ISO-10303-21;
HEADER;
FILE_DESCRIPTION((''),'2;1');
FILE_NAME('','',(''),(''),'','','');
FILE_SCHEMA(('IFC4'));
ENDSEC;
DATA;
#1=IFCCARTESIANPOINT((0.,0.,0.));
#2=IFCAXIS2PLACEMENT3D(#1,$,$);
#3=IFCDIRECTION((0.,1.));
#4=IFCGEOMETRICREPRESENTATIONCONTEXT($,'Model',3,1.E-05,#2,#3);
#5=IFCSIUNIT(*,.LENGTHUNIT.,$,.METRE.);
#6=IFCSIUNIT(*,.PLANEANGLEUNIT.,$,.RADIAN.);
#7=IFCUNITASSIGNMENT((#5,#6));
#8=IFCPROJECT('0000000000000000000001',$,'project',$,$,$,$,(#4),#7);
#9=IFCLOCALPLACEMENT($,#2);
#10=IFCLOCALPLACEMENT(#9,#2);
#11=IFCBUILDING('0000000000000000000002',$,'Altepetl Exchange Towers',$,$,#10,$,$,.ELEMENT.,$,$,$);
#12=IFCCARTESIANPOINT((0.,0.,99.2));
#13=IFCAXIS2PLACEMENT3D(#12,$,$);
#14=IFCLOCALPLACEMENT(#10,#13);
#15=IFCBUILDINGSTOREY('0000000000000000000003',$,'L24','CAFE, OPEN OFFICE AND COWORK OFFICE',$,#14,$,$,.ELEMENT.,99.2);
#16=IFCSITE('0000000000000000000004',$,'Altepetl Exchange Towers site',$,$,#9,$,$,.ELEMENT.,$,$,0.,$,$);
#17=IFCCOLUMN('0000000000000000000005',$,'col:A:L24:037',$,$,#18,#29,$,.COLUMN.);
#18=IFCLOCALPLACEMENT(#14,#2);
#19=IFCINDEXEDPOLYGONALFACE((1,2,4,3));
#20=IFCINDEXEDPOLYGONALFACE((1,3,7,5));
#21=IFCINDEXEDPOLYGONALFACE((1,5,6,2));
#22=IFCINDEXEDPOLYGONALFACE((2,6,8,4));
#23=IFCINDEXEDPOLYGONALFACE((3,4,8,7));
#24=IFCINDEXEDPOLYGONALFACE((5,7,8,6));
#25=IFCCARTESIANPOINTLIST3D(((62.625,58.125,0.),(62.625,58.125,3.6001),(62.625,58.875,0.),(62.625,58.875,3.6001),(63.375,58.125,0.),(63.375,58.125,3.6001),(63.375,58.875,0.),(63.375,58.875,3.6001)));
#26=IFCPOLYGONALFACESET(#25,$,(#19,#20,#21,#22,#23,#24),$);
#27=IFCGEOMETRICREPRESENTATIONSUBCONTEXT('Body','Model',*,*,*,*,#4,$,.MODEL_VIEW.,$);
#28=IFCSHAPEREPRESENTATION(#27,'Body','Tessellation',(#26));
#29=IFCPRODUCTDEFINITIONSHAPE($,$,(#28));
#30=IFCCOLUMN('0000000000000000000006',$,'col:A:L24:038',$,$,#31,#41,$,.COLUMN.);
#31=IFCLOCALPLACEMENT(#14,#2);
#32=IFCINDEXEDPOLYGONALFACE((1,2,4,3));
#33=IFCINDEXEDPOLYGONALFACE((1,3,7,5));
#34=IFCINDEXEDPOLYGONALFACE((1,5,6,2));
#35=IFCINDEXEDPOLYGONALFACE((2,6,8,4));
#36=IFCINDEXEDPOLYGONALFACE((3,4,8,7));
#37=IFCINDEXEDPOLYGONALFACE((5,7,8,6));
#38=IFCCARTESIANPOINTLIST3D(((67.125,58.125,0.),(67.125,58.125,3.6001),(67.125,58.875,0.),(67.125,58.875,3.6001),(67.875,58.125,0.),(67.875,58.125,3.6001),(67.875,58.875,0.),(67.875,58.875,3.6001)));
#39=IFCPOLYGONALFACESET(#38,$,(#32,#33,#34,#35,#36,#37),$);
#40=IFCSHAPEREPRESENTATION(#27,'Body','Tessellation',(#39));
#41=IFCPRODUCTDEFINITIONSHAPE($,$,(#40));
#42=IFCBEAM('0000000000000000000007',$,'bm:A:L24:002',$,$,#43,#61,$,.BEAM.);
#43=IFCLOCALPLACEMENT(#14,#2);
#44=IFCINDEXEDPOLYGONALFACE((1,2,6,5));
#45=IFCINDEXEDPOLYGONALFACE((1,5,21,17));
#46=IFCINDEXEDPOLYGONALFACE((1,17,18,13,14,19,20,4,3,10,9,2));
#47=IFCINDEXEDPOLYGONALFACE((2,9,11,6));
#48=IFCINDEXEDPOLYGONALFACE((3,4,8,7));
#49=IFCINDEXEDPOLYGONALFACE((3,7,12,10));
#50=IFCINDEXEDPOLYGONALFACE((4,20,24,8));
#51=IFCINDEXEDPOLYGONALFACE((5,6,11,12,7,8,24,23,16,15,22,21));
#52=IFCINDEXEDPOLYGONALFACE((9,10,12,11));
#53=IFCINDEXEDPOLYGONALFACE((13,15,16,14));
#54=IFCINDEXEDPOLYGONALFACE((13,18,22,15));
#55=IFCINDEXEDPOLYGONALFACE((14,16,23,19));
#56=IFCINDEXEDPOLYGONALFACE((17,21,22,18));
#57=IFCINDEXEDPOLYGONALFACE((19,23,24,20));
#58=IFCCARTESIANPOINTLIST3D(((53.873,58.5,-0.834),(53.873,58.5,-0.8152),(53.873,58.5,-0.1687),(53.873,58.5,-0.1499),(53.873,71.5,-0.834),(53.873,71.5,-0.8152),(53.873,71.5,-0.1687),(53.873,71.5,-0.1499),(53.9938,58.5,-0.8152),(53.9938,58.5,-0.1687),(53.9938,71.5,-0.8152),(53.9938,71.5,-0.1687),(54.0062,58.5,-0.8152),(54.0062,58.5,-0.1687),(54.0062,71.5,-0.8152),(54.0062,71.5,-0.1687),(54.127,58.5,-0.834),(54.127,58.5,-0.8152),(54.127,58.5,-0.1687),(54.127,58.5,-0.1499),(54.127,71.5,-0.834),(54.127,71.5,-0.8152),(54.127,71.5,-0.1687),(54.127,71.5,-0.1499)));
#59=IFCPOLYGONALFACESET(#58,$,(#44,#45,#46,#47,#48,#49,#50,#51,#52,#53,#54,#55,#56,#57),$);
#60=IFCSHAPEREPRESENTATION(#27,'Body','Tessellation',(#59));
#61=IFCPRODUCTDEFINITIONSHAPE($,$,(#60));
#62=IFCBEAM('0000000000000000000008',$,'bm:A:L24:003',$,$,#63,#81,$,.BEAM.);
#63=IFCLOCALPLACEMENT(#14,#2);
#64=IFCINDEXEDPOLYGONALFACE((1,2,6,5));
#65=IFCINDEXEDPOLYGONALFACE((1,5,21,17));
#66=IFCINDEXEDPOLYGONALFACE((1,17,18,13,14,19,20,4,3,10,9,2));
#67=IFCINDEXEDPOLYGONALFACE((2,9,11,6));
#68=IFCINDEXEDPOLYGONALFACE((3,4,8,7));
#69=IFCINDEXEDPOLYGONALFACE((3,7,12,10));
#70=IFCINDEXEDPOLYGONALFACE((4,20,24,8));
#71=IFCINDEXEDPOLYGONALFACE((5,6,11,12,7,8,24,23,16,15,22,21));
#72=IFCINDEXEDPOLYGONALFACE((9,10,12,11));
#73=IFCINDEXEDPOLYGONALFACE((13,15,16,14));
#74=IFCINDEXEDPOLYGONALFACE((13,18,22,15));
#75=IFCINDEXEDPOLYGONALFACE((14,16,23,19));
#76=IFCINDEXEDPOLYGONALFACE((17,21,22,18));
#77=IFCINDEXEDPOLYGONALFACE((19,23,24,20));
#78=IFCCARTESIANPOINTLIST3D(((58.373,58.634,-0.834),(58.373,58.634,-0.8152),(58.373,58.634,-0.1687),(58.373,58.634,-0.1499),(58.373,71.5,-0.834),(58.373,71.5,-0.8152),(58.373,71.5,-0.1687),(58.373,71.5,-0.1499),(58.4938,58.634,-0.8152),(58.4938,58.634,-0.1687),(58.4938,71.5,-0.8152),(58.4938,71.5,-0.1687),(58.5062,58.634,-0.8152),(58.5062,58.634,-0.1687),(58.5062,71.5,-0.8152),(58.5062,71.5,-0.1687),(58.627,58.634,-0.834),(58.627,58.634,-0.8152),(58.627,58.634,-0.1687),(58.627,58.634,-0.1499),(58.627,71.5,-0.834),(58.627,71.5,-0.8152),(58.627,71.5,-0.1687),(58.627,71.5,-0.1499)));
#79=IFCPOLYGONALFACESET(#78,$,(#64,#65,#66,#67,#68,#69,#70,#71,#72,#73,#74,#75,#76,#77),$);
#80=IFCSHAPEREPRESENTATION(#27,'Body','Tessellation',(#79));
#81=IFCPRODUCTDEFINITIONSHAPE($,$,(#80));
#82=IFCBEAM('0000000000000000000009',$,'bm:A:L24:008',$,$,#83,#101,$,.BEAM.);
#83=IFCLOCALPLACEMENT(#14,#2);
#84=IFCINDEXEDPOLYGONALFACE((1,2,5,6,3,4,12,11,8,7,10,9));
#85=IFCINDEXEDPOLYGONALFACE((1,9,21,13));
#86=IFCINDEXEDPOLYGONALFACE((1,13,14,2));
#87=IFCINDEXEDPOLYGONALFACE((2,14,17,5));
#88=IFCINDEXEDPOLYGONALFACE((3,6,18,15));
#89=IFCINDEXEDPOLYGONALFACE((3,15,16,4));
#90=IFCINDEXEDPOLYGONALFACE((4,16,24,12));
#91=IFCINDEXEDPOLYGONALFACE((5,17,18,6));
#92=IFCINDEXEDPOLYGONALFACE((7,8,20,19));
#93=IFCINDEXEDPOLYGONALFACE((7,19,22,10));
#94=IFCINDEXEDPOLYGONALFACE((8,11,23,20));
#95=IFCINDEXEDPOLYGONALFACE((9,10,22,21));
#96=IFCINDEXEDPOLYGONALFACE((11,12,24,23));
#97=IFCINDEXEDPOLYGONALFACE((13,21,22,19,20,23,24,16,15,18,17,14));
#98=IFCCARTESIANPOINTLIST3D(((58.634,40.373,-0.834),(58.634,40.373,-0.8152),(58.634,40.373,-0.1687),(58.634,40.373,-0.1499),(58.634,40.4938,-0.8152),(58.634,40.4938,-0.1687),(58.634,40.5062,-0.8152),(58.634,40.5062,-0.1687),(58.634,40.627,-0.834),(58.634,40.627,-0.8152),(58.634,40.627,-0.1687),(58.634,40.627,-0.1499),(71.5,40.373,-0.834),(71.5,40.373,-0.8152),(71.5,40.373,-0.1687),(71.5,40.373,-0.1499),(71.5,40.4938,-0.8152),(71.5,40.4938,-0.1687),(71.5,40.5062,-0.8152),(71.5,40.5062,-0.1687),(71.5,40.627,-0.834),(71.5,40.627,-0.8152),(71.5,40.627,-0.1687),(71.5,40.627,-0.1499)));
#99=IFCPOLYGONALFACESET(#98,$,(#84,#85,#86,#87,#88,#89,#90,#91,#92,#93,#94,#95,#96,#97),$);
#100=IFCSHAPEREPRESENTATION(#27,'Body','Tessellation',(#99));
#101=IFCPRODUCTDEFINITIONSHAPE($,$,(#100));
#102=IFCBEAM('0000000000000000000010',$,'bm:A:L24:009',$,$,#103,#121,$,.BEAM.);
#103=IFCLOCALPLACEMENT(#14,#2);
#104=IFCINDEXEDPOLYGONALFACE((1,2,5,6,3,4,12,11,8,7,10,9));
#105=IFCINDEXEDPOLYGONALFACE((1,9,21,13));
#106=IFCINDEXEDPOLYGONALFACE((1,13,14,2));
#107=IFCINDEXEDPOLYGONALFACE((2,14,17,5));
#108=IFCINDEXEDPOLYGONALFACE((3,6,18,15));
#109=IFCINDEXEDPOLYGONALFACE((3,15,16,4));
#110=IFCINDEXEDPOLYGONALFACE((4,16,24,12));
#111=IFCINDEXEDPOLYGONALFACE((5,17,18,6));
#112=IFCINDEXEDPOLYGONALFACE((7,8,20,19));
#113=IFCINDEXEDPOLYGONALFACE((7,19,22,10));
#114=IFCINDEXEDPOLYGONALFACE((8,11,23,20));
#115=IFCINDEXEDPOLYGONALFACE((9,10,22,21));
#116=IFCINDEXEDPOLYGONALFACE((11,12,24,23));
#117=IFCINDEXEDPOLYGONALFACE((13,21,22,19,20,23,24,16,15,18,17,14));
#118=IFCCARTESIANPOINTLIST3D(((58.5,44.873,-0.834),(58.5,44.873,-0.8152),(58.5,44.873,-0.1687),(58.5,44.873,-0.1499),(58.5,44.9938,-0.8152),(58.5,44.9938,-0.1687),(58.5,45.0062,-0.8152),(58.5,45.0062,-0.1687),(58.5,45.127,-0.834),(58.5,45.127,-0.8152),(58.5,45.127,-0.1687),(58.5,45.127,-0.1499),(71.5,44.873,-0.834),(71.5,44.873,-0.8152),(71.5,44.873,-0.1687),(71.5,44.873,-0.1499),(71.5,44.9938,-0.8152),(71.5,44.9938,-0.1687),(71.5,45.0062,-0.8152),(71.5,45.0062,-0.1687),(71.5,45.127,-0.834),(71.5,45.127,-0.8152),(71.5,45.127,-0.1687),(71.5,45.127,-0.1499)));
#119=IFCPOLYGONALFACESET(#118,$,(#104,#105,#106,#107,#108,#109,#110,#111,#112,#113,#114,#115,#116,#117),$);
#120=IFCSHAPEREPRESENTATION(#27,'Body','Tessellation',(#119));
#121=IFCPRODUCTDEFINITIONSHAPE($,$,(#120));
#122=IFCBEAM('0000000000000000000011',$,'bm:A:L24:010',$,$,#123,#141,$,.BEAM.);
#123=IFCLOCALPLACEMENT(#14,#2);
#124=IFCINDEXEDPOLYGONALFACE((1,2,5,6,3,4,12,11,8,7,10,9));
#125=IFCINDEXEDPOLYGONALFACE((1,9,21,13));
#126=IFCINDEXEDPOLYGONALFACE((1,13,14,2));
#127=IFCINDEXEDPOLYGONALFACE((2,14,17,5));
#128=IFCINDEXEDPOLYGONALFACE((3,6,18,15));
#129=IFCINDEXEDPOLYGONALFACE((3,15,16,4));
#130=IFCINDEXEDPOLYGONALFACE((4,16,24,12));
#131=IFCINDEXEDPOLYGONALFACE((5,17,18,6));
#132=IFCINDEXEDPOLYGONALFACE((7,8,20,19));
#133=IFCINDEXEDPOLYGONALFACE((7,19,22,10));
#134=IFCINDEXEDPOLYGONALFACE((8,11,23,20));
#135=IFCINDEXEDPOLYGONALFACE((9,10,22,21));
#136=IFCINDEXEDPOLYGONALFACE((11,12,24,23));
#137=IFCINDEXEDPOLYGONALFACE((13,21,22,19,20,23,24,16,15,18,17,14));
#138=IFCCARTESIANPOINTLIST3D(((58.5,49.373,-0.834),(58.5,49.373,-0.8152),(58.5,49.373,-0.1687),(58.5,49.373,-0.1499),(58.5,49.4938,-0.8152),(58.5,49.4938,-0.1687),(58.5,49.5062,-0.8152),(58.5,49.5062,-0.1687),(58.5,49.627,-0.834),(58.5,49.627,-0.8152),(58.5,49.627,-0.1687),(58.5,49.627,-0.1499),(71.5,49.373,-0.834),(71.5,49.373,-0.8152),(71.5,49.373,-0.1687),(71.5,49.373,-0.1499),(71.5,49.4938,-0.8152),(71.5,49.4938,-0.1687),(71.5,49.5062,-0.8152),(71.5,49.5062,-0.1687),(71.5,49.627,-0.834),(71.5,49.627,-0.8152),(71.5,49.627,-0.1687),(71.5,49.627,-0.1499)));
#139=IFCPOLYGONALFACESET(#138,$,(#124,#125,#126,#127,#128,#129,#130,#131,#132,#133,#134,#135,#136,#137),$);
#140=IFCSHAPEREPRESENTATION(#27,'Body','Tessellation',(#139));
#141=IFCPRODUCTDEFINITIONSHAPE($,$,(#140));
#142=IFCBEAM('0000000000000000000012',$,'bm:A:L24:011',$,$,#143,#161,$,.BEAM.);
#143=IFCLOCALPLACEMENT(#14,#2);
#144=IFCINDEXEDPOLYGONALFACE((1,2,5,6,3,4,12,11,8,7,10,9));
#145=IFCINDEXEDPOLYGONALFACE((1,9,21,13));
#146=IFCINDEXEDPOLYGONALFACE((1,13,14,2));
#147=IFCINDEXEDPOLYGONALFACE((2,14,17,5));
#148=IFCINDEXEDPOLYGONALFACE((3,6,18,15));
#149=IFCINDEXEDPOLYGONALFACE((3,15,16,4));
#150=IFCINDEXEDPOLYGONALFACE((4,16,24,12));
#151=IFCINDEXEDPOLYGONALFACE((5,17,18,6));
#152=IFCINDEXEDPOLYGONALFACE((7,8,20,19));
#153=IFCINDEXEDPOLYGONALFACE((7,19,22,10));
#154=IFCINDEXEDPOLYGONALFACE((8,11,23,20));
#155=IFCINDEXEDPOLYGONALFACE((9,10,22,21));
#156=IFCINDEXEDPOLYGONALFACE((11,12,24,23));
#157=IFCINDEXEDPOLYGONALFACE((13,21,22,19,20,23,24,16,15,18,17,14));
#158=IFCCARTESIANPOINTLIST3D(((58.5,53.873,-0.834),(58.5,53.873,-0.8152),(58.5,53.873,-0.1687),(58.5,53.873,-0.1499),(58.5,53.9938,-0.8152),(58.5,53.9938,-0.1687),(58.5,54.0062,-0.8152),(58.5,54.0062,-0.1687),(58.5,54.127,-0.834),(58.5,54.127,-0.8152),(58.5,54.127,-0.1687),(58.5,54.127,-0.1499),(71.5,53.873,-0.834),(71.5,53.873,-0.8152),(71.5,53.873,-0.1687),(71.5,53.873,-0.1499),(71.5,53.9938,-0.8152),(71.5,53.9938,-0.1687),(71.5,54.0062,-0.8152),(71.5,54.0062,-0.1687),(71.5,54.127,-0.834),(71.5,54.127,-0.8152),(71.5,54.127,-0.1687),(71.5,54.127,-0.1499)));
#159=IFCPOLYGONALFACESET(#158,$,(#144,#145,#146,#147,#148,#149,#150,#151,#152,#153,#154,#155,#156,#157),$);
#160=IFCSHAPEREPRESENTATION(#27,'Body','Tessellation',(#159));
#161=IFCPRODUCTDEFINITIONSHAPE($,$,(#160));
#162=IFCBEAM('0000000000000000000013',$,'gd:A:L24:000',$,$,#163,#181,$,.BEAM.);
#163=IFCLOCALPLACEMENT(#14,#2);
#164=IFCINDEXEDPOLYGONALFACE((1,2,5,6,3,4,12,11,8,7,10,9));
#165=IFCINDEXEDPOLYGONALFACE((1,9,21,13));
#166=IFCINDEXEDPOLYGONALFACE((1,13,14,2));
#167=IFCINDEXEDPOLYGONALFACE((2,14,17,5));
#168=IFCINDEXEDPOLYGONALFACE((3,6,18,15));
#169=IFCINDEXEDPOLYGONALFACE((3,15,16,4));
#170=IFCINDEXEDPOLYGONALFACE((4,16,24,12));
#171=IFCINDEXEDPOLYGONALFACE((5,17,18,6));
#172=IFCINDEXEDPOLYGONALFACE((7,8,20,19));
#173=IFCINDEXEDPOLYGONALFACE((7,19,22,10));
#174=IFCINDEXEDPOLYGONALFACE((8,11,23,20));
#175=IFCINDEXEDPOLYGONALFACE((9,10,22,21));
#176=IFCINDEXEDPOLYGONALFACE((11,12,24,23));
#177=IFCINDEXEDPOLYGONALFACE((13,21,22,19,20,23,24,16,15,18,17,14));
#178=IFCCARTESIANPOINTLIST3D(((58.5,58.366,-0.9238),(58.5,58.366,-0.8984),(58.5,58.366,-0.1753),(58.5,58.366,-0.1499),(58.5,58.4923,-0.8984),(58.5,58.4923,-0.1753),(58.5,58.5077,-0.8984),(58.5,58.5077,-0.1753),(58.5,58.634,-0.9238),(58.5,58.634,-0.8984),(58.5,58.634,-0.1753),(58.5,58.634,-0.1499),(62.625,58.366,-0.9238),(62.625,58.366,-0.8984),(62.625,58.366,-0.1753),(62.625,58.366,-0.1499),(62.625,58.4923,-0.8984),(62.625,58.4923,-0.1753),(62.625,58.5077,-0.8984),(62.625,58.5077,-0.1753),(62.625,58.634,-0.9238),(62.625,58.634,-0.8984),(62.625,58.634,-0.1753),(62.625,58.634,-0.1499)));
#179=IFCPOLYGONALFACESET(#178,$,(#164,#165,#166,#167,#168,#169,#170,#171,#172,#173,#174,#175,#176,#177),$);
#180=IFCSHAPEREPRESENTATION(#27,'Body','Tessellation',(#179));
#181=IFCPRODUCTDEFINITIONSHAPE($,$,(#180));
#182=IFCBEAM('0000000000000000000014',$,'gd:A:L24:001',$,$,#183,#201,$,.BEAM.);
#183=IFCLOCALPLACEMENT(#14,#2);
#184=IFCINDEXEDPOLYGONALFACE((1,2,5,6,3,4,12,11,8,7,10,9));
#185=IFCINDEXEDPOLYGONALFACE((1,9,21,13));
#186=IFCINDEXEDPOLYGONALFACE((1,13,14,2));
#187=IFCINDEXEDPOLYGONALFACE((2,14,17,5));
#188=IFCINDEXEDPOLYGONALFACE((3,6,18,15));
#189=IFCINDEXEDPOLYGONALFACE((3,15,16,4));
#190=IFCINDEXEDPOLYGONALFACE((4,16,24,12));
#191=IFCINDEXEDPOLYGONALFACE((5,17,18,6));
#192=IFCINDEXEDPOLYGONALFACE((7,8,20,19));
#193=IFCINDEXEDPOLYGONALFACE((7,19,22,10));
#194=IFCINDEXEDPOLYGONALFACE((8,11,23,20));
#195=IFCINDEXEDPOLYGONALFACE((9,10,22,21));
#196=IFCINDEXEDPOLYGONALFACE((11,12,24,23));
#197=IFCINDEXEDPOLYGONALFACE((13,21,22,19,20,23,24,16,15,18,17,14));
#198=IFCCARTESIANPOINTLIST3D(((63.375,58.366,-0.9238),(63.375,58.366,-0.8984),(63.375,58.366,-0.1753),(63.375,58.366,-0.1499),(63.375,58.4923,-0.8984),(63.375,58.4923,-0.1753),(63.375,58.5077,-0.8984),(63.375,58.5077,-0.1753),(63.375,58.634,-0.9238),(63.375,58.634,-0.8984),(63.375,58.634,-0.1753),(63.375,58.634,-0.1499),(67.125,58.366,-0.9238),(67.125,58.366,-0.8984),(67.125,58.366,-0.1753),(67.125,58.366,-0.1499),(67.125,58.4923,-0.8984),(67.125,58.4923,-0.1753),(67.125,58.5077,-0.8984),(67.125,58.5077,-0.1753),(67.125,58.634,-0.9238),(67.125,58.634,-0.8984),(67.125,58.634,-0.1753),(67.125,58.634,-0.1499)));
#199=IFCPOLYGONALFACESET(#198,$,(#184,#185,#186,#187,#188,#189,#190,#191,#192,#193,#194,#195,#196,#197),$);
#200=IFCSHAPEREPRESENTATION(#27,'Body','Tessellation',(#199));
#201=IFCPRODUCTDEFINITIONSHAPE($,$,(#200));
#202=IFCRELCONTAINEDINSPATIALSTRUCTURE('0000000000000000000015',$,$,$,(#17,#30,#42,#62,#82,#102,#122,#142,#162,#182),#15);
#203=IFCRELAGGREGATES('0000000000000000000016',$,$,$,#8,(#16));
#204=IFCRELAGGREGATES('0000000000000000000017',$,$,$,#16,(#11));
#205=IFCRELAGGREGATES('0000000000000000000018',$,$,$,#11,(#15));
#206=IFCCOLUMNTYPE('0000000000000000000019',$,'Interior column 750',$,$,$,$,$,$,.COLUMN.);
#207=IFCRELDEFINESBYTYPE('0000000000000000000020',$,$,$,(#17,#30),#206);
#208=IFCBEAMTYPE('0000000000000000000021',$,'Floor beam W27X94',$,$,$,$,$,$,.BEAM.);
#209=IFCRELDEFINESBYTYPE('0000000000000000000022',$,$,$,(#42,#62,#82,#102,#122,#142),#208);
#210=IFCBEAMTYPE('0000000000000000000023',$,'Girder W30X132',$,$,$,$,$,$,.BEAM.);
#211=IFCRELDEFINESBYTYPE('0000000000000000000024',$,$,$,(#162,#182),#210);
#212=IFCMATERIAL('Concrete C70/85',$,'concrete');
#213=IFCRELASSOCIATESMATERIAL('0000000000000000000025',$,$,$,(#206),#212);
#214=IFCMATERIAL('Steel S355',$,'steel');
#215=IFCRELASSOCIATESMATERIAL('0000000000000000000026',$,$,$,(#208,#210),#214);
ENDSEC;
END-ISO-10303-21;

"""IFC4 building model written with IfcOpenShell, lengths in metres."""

from ifc_helpers import new_model, si_unit, direction, frame, origin, origin_2d, place, context, subcontext, project, spatial, rectangle, i_section, extrude, material, material_profile, profile_set, type_object, element, save


model = new_model("IFC4")

# Units and contexts
model_context = context("Model", 3, precision=1e-05, world=origin(), true_north=direction((0.0, 1.0)))
body_context = subcontext(model_context, "Body", "Model", "MODEL_VIEW")
ifc_project = project(units=[si_unit("LENGTHUNIT", "METRE"), si_unit("PLANEANGLEUNIT", "RADIAN")], contexts=[model_context])

# Site, building, storey
site_placement = place(None, origin())
site = spatial("IfcSite", under=ifc_project, at=site_placement, Name="Altepetl Exchange Towers site", CompositionType="ELEMENT", RefElevation=0.0)
building_placement = place(site_placement, origin())
building = spatial("IfcBuilding", under=site, at=building_placement, Name="Altepetl Exchange Towers", CompositionType="ELEMENT")
storey_placement = place(building_placement, frame((0.0, 0.0, 99.2)))
storey = spatial("IfcBuildingStorey", under=building, at=storey_placement, Name="L24", Description="CAFE, OPEN OFFICE AND COWORK OFFICE", CompositionType="ELEMENT", Elevation=99.2)

# Columns
ifc_material_1 = material(Name="Concrete C70/85", Category="concrete")
ifc_material_profile_1 = material_profile(ifc_material_1, rectangle(XDim=0.75, YDim=0.75, at=origin_2d()), Name="750 x 750")
ifc_profile_set_1 = profile_set([ifc_material_profile_1], Name="Concrete C70/85")
column_type = type_object("IfcColumnType", Name="Interior column 750", PredefinedType="COLUMN", material=ifc_profile_set_1)
for number, where, name in (
    (1, (63.0, 58.5, 0.0), "col:A:L24:037"),
    (2, (67.5, 58.5, 0.0), "col:A:L24:038"),
):
    element("IfcColumn", number, at=place(storey_placement, frame(where)), inside=storey, type_object=column_type, Name=name, PredefinedType="COLUMN", context=body_context, shape_type="SweptSolid", body=[
        extrude(rectangle(XDim=0.75, YDim=0.75, at=origin_2d()), origin(), (0.0, 0.0, 1.0), 3.6001),
    ])

# Beams
ifc_material_2 = material(Name="Steel S355", Category="steel")
ifc_material_profile_2 = material_profile(ifc_material_2, i_section(OverallWidth=0.2539, OverallDepth=0.6841, WebThickness=0.0125, FlangeThickness=0.0188, at=origin_2d()), Name="W27X94")
ifc_profile_set_2 = profile_set([ifc_material_profile_2], Name="Steel S355")
beam_type_1 = type_object("IfcBeamType", Name="Floor beam W27X94", PredefinedType="BEAM", material=ifc_profile_set_2)
beam_1_placement = place(storey_placement, frame((54.0, 58.5, -0.4919), z_axis=(0.0, 1.0, 0.0), x_axis=(-1.0, 0.0, 0.0)))
element("IfcBeam", 3, at=beam_1_placement, inside=storey, type_object=beam_type_1, Name="bm:A:L24:002", PredefinedType="BEAM", context=body_context, shape_type="SweptSolid", body=[
    extrude(i_section(OverallWidth=0.2539, OverallDepth=0.6841, WebThickness=0.0125, FlangeThickness=0.0188, at=origin_2d()), origin(), (0.0, 0.0, 1.0), 13.0),
])
for number, where, z_axis, x_axis, name in (
    (4, (58.5, 58.634, -0.4919), (0.0, 1.0, 0.0), (-1.0, 0.0, 0.0), "bm:A:L24:003"),
    (5, (58.634, 40.5, -0.4919), (1.0, 0.0, 0.0), (0.0, 1.0, 0.0), "bm:A:L24:008"),
):
    element("IfcBeam", number, at=place(storey_placement, frame(where, z_axis=z_axis, x_axis=x_axis)), inside=storey, type_object=beam_type_1, Name=name, PredefinedType="BEAM", context=body_context, shape_type="SweptSolid", body=[
        extrude(i_section(OverallWidth=0.2539, OverallDepth=0.6841, WebThickness=0.0125, FlangeThickness=0.0188, at=origin_2d()), origin(), (0.0, 0.0, 1.0), 12.866),
    ])
for number, where, z_axis, x_axis, name in (
    (6, (58.5, 45.0, -0.4919), (1.0, 0.0, 0.0), (0.0, 1.0, 0.0), "bm:A:L24:009"),
    (7, (58.5, 49.5, -0.4919), (1.0, 0.0, 0.0), (0.0, 1.0, 0.0), "bm:A:L24:010"),
    (8, (58.5, 54.0, -0.4919), (1.0, 0.0, 0.0), (0.0, 1.0, 0.0), "bm:A:L24:011"),
):
    element("IfcBeam", number, at=place(storey_placement, frame(where, z_axis=z_axis, x_axis=x_axis)), inside=storey, type_object=beam_type_1, Name=name, PredefinedType="BEAM", context=body_context, shape_type="SweptSolid", body=[
        extrude(i_section(OverallWidth=0.2539, OverallDepth=0.6841, WebThickness=0.0125, FlangeThickness=0.0188, at=origin_2d()), origin(), (0.0, 0.0, 1.0), 13.0),
    ])
ifc_material_profile_3 = material_profile(ifc_material_2, i_section(OverallWidth=0.2681, OverallDepth=0.7739, WebThickness=0.0154, FlangeThickness=0.0254, at=origin_2d()), Name="W30X132")
ifc_profile_set_3 = profile_set([ifc_material_profile_3], Name="Steel S355")
beam_type_2 = type_object("IfcBeamType", Name="Girder W30X132", PredefinedType="BEAM", material=ifc_profile_set_3)
beam_2_placement = place(storey_placement, frame((58.5, 58.5, -0.5369), z_axis=(1.0, 0.0, 0.0), x_axis=(0.0, 1.0, 0.0)))
element("IfcBeam", 9, at=beam_2_placement, inside=storey, type_object=beam_type_2, Name="gd:A:L24:000", PredefinedType="BEAM", context=body_context, shape_type="SweptSolid", body=[
    extrude(i_section(OverallWidth=0.2681, OverallDepth=0.7739, WebThickness=0.0154, FlangeThickness=0.0254, at=origin_2d()), origin(), (0.0, 0.0, 1.0), 4.125),
])
beam_3_placement = place(storey_placement, frame((63.375, 58.5, -0.5369), z_axis=(1.0, 0.0, 0.0), x_axis=(0.0, 1.0, 0.0)))
element("IfcBeam", 10, at=beam_3_placement, inside=storey, type_object=beam_type_2, Name="gd:A:L24:001", PredefinedType="BEAM", context=body_context, shape_type="SweptSolid", body=[
    extrude(i_section(OverallWidth=0.2681, OverallDepth=0.7739, WebThickness=0.0154, FlangeThickness=0.0254, at=origin_2d()), origin(), (0.0, 0.0, 1.0), 3.75),
])

save(model, "model.ifc")
